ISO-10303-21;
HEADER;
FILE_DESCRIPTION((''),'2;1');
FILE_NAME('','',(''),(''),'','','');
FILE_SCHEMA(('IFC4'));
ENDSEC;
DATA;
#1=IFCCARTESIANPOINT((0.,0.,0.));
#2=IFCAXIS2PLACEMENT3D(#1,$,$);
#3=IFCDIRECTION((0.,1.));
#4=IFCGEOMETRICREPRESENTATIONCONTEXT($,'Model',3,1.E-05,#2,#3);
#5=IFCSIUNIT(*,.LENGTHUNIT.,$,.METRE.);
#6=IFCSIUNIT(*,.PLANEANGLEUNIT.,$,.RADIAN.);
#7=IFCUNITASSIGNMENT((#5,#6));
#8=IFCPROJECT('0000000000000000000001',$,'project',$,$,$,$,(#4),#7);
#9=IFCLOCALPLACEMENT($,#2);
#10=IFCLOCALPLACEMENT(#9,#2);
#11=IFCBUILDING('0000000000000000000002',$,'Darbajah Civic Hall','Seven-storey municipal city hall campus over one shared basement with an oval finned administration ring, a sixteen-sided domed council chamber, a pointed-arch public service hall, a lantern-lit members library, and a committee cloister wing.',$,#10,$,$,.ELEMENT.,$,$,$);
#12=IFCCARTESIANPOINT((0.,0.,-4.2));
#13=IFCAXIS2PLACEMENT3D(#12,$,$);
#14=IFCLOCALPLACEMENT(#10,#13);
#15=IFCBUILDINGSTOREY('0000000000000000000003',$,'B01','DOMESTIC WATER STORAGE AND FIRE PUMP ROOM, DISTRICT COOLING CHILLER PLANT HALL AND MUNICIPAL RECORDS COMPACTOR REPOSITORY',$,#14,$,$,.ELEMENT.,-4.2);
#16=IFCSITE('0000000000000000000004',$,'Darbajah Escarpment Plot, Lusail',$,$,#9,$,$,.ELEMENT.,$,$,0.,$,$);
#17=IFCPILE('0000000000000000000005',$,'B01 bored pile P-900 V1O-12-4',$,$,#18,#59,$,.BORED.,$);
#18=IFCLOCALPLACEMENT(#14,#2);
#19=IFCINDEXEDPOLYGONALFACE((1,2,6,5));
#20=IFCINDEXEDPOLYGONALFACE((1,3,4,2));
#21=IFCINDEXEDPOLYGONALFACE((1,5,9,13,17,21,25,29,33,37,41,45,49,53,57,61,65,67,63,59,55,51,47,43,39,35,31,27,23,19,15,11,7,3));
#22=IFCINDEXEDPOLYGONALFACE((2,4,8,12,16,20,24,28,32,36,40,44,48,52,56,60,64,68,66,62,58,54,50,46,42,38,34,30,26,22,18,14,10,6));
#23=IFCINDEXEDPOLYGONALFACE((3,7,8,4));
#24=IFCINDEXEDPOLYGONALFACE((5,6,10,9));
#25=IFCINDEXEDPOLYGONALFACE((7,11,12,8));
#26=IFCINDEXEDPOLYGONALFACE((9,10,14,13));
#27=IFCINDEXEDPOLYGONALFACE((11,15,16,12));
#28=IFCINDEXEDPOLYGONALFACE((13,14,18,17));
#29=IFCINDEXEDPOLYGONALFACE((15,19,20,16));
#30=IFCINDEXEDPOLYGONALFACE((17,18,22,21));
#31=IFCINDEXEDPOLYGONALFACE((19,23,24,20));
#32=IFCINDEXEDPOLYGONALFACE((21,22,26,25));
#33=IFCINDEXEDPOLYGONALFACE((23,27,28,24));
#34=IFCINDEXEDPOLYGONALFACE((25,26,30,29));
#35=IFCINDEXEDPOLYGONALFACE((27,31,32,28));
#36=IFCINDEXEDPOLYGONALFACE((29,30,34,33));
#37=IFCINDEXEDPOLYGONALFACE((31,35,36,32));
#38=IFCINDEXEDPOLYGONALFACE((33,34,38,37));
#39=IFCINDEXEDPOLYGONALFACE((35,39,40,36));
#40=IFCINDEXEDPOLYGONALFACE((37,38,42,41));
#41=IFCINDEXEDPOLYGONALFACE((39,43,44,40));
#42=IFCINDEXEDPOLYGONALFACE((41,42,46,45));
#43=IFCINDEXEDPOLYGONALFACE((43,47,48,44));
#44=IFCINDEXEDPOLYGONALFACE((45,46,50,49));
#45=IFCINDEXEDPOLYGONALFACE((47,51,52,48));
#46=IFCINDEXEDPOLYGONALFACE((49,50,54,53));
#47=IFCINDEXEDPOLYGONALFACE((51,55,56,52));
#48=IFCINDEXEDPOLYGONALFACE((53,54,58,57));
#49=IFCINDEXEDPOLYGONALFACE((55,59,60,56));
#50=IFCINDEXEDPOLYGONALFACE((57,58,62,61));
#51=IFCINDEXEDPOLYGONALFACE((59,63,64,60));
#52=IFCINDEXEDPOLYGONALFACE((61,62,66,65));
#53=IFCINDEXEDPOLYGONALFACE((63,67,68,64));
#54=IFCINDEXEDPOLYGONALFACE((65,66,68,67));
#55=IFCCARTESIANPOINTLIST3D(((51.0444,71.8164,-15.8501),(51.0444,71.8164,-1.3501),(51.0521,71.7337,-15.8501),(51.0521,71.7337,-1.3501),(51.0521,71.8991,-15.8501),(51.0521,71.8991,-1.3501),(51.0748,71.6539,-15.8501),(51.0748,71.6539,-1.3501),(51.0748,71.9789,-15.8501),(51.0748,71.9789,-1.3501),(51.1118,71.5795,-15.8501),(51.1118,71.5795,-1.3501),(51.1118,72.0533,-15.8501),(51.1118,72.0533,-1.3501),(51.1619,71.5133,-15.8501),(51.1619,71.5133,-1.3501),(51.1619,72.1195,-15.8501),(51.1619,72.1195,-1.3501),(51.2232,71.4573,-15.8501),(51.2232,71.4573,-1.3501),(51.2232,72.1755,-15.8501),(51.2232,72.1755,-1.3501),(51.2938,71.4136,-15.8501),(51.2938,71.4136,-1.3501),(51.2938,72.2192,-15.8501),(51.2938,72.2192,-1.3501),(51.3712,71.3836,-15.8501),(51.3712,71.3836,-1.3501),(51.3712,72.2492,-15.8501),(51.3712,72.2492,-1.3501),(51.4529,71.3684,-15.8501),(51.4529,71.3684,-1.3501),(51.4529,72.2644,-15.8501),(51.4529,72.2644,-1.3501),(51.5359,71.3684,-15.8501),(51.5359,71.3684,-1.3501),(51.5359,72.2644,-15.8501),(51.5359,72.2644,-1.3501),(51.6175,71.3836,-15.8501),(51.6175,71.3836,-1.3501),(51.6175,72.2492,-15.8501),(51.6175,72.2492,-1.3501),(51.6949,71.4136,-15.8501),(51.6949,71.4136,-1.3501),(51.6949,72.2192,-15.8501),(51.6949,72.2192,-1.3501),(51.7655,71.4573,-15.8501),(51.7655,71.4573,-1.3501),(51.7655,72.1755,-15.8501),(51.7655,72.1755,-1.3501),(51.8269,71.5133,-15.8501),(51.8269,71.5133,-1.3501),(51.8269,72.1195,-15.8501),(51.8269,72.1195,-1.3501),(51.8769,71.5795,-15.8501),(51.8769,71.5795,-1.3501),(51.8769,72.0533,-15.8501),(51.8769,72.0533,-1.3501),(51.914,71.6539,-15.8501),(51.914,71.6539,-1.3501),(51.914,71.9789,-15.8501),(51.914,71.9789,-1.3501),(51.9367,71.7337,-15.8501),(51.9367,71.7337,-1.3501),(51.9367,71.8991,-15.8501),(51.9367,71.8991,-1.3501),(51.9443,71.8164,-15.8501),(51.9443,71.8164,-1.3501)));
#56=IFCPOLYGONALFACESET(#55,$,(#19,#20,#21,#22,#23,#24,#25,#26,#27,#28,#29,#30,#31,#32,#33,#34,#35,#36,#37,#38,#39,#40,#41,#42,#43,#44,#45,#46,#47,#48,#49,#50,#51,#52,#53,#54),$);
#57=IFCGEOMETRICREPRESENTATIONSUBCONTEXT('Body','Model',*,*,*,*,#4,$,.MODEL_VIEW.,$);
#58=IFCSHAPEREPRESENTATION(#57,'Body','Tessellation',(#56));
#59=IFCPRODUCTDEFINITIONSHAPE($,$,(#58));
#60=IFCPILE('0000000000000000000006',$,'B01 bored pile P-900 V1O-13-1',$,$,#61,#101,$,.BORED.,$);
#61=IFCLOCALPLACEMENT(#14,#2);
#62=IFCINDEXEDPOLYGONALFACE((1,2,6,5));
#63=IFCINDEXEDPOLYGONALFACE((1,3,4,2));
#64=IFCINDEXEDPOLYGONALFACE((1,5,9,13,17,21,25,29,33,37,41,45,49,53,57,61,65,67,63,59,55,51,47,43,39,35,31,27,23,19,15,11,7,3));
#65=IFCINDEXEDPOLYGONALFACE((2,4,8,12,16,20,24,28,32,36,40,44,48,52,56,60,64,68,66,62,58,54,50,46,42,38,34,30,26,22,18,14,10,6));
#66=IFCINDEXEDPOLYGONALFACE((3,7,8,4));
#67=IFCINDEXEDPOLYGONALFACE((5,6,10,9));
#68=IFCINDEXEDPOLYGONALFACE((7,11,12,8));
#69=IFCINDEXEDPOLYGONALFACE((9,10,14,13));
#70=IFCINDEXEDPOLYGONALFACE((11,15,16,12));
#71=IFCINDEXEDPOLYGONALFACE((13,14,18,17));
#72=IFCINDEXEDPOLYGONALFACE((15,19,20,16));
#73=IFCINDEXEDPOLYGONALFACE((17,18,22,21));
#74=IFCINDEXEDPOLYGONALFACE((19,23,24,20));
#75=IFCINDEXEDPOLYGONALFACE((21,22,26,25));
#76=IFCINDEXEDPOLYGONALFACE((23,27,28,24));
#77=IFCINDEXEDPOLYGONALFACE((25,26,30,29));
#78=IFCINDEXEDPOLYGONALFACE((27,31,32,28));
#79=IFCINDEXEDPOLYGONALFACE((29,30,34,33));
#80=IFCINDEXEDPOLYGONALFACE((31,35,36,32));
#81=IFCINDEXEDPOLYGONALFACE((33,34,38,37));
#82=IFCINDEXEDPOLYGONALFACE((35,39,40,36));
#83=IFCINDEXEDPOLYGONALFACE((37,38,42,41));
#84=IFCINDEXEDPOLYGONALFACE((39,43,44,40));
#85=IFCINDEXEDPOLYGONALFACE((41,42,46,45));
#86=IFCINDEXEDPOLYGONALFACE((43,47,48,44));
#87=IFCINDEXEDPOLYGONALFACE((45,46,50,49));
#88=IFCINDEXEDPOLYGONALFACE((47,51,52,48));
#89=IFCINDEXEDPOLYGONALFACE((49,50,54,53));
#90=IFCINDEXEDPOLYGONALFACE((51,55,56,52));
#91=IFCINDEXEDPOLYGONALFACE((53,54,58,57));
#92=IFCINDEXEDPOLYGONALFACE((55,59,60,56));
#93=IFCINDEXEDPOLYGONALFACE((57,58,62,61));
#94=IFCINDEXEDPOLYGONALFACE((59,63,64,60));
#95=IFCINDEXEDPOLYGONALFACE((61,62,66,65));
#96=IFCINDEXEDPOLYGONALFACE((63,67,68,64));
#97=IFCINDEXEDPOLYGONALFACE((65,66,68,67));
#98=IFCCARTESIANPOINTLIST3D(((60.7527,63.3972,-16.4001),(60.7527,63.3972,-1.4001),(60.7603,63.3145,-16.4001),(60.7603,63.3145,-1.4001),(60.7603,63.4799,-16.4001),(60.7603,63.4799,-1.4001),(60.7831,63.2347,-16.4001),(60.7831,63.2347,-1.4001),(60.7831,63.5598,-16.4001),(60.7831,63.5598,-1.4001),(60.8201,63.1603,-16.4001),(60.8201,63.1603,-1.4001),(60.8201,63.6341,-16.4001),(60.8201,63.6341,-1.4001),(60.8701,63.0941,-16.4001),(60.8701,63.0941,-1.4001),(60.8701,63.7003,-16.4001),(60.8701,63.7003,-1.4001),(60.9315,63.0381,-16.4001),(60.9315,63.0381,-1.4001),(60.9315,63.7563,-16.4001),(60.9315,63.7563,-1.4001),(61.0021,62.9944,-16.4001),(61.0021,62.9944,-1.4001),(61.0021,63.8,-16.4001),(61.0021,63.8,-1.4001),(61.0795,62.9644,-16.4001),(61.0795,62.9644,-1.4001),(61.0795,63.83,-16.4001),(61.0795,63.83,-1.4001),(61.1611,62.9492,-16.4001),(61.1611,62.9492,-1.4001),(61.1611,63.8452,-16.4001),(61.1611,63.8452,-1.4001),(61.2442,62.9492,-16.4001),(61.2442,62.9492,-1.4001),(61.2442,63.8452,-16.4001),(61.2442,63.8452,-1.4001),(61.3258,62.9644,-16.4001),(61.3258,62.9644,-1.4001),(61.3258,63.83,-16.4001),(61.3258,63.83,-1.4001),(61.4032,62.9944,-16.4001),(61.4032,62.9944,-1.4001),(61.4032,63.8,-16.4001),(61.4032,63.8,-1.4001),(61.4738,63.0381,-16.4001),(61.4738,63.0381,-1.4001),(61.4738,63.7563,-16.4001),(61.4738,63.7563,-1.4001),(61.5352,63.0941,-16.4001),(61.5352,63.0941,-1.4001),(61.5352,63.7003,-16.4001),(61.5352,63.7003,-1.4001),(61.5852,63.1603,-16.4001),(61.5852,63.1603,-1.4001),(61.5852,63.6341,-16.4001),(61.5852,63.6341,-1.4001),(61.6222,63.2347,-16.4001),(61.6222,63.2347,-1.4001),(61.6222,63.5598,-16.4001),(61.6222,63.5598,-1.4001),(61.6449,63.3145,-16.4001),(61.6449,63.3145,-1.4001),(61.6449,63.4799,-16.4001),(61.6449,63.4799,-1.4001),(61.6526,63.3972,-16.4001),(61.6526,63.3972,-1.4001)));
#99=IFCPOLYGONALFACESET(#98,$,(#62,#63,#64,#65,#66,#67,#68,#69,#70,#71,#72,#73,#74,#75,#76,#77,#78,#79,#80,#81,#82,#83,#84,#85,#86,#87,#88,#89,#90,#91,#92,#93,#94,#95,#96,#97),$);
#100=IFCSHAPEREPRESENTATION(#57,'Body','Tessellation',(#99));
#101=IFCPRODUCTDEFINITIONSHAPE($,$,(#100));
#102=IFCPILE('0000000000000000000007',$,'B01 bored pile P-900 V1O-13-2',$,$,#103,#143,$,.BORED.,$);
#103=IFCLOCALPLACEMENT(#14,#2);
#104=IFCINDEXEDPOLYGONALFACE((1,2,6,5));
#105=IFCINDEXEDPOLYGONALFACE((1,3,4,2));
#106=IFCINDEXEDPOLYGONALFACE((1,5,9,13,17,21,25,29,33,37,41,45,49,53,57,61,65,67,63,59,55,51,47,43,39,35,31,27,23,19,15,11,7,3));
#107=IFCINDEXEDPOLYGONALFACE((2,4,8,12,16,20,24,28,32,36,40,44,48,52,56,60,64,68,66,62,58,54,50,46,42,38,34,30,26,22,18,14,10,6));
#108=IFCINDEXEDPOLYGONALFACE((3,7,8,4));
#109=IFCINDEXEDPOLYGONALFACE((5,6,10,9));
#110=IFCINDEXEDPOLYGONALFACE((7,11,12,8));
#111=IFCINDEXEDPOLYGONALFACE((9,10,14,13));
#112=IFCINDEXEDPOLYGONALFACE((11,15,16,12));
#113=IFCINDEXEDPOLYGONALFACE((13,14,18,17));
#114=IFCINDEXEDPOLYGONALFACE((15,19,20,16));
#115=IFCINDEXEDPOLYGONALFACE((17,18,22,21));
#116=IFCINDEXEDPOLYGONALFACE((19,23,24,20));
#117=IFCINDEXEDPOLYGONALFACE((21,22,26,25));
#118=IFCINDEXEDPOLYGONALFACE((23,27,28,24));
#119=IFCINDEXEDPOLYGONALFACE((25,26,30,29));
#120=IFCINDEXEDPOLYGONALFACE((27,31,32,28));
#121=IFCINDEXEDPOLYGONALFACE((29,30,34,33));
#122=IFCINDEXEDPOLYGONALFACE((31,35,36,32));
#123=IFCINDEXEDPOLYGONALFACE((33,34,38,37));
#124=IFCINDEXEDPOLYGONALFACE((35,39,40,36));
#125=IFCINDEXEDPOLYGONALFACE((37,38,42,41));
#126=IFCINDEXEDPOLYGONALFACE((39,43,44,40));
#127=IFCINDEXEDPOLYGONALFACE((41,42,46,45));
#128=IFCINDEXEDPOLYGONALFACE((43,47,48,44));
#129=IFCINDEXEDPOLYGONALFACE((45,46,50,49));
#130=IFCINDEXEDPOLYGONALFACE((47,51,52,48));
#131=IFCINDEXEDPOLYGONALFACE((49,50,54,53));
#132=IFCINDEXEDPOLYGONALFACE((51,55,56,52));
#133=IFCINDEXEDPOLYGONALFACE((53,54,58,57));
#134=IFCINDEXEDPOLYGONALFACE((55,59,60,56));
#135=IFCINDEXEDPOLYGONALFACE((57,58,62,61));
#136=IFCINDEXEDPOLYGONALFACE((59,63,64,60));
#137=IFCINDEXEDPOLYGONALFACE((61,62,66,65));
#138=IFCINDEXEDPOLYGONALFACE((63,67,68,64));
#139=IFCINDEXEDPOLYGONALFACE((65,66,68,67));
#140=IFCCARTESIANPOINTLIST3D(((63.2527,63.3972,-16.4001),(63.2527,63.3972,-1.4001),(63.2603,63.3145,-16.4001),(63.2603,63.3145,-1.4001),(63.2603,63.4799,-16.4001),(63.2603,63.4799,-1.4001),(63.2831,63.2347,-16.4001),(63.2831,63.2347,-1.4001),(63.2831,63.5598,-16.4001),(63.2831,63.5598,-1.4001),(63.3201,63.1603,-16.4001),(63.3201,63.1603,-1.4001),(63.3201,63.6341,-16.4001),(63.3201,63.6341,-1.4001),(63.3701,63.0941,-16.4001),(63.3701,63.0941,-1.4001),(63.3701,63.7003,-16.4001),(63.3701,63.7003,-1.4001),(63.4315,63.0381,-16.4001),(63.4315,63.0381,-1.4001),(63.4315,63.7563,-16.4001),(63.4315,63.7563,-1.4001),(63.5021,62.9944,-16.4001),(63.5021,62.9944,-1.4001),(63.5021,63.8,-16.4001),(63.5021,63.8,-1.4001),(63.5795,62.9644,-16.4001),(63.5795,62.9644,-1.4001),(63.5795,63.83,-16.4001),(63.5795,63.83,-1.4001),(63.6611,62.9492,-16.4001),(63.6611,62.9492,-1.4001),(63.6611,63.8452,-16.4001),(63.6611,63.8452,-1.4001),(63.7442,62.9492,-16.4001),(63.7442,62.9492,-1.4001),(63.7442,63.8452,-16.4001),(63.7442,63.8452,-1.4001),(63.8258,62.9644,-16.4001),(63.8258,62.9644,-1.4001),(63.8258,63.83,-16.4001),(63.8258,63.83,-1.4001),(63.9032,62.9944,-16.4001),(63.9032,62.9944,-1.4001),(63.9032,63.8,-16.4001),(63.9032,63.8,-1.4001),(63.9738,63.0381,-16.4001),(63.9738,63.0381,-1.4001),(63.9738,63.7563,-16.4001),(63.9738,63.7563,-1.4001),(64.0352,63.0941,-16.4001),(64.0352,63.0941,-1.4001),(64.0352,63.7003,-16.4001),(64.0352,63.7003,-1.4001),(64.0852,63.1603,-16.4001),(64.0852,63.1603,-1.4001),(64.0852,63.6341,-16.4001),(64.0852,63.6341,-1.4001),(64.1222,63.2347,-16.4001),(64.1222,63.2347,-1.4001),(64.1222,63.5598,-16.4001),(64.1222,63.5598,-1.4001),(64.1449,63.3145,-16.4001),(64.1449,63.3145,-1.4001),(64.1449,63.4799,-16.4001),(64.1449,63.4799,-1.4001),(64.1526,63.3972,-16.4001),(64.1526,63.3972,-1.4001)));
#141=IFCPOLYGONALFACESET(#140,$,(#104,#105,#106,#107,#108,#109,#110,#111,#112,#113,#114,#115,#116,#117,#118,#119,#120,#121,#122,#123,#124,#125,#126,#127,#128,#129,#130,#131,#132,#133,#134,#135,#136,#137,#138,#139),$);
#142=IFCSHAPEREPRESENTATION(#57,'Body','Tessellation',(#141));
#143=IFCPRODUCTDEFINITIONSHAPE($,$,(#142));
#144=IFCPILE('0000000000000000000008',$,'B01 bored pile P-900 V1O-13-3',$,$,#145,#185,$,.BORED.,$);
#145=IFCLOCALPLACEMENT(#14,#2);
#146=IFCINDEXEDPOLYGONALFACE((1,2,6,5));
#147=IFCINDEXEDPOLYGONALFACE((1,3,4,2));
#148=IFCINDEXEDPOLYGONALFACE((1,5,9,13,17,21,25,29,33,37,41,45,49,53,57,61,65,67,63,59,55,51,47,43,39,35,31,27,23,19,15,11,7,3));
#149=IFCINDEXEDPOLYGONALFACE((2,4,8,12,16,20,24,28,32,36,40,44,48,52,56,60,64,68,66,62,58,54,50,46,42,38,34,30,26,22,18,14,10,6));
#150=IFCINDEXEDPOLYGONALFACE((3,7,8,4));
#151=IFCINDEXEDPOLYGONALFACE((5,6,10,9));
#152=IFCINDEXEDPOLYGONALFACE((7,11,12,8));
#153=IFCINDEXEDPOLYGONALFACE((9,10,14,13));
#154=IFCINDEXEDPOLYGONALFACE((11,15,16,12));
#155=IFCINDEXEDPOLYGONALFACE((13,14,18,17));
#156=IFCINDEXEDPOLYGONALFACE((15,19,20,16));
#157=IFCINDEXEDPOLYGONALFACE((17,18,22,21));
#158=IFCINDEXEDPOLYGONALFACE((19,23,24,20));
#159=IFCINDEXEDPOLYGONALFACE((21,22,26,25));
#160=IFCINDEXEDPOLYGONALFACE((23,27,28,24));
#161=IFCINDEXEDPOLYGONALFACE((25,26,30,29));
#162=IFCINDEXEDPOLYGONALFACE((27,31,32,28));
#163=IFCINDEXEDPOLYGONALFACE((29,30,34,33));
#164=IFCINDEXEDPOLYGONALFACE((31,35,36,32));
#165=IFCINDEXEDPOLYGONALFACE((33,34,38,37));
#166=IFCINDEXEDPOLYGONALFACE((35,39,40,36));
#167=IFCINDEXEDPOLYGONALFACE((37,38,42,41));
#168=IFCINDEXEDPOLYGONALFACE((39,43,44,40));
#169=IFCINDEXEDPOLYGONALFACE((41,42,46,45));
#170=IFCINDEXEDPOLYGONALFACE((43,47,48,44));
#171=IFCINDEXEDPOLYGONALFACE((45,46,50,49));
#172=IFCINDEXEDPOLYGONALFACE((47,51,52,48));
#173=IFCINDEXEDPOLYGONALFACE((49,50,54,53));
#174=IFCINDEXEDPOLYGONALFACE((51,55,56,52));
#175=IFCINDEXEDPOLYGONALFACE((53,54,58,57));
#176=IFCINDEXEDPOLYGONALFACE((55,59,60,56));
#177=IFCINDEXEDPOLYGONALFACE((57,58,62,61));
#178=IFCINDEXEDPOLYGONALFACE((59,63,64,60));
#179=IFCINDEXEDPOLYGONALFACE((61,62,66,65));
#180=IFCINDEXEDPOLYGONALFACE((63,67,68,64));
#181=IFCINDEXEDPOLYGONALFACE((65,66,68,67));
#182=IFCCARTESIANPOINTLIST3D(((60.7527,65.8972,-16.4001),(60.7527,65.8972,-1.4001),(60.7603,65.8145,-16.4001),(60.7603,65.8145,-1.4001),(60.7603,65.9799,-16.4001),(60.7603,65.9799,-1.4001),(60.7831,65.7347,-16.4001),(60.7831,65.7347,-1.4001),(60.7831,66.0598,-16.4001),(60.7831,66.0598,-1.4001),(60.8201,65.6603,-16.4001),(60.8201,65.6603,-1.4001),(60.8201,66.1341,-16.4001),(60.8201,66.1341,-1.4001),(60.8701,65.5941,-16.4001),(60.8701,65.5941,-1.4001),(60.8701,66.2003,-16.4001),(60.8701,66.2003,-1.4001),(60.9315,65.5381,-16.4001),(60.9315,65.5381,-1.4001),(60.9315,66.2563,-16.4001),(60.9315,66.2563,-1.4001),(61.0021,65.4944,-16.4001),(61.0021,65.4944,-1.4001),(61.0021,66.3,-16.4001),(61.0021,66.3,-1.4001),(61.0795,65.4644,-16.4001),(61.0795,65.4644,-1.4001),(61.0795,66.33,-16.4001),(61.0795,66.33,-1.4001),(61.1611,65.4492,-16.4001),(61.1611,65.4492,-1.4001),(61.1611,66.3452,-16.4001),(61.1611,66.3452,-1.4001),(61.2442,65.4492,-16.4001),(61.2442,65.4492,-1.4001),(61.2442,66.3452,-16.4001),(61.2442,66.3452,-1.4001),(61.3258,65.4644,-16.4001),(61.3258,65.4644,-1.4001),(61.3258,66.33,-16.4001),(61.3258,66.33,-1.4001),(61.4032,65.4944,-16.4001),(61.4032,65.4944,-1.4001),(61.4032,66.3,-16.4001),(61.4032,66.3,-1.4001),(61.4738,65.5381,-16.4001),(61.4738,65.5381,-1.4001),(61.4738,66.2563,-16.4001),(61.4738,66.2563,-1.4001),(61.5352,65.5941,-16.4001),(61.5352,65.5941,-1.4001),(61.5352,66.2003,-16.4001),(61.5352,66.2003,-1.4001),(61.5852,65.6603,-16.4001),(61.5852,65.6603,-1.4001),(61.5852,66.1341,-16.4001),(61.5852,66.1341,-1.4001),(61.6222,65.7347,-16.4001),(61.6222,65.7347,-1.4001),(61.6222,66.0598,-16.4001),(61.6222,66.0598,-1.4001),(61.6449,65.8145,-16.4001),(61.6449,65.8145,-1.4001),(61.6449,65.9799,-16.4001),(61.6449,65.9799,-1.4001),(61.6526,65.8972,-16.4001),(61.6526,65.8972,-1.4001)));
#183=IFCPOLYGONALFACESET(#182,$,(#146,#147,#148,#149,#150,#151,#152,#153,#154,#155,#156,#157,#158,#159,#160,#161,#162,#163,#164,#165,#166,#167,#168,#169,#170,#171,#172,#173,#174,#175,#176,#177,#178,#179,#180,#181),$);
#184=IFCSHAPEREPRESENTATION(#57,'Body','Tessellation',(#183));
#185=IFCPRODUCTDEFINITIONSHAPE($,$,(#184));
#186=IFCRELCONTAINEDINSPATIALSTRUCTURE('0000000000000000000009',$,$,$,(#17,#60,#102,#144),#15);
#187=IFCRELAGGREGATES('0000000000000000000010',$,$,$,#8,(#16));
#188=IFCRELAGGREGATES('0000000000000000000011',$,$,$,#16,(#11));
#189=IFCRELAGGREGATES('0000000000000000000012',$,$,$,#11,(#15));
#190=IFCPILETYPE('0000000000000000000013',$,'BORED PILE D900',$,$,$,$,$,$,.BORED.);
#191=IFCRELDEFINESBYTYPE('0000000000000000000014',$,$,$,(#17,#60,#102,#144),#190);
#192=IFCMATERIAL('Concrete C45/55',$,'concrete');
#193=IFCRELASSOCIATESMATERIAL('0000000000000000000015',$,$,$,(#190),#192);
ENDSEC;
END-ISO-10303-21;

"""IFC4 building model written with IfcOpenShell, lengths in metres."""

from ifc_helpers import new_model, si_unit, direction, frame, origin, origin_2d, place, context, subcontext, project, spatial, circle, extrude, material, material_profile, profile_set, type_object, element, save


model = new_model("IFC4")

# Units and contexts
model_context = context("Model", 3, precision=1e-05, world=origin(), true_north=direction((0.0, 1.0)))
body_context = subcontext(model_context, "Body", "Model", "MODEL_VIEW")
ifc_project = project(units=[si_unit("LENGTHUNIT", "METRE"), si_unit("PLANEANGLEUNIT", "RADIAN")], contexts=[model_context])

# Site, building, storey
site_placement = place(None, origin())
site = spatial("IfcSite", under=ifc_project, at=site_placement, Name="Darbajah Escarpment Plot, Lusail", CompositionType="ELEMENT", RefElevation=0.0)
building_placement = place(site_placement, origin())
building = spatial("IfcBuilding", under=site, at=building_placement, Name="Darbajah Civic Hall", Description="Seven-storey municipal city hall campus over one shared basement with an oval finned administration ring, a sixteen-sided domed council chamber, a pointed-arch public service hall, a lantern-lit members library, and a committee cloister wing.", CompositionType="ELEMENT")
storey_placement = place(building_placement, frame((0.0, 0.0, -4.2)))
storey = spatial("IfcBuildingStorey", under=building, at=storey_placement, Name="B01", Description="DOMESTIC WATER STORAGE AND FIRE PUMP ROOM, DISTRICT COOLING CHILLER PLANT HALL AND MUNICIPAL RECORDS COMPACTOR REPOSITORY", CompositionType="ELEMENT", Elevation=-4.2)

# Piles
ifc_material_1 = material(Name="Concrete C45/55", Category="concrete")
ifc_material_profile_1 = material_profile(ifc_material_1, circle(Radius=0.45, at=origin_2d()), Name="BORED PILE D900")
ifc_profile_set_1 = profile_set([ifc_material_profile_1], Name="Concrete C45/55")
pile_type_1 = type_object("IfcPileType", Name="BORED PILE D900", PredefinedType="BORED", material=ifc_profile_set_1)
for number, where, z_axis, x_axis, name in (
    (1, (51.4944, 71.8164, -1.3501), (0.0, 0.0, -1.0), (1.0, 0.0, 0.0), "B01 bored pile P-900 V1O-12-4"),
):
    element("IfcPile", number, at=place(storey_placement, frame(where, z_axis=z_axis, x_axis=x_axis)), inside=storey, type_object=pile_type_1, Name=name, PredefinedType="BORED", context=body_context, shape_type="SweptSolid", body=[
        extrude(circle(Radius=0.45, at=origin_2d()), origin(), (0.0, 0.0, 1.0), 14.5),
    ])
for number, where, z_axis, x_axis, name in (
    (2, (61.2026, 63.3972, -1.4001), (0.0, 0.0, -1.0), (1.0, 0.0, 0.0), "B01 bored pile P-900 V1O-13-1"),
    (3, (63.7026, 63.3972, -1.4001), (0.0, 0.0, -1.0), (1.0, 0.0, 0.0), "B01 bored pile P-900 V1O-13-2"),
    (4, (61.2026, 65.8972, -1.4001), (0.0, 0.0, -1.0), (1.0, 0.0, 0.0), "B01 bored pile P-900 V1O-13-3"),
):
    element("IfcPile", number, at=place(storey_placement, frame(where, z_axis=z_axis, x_axis=x_axis)), inside=storey, type_object=pile_type_1, Name=name, PredefinedType="BORED", context=body_context, shape_type="SweptSolid", body=[
        extrude(circle(Radius=0.45, at=origin_2d()), origin(), (0.0, 0.0, 1.0), 15.0),
    ])

save(model, "model.ifc")
